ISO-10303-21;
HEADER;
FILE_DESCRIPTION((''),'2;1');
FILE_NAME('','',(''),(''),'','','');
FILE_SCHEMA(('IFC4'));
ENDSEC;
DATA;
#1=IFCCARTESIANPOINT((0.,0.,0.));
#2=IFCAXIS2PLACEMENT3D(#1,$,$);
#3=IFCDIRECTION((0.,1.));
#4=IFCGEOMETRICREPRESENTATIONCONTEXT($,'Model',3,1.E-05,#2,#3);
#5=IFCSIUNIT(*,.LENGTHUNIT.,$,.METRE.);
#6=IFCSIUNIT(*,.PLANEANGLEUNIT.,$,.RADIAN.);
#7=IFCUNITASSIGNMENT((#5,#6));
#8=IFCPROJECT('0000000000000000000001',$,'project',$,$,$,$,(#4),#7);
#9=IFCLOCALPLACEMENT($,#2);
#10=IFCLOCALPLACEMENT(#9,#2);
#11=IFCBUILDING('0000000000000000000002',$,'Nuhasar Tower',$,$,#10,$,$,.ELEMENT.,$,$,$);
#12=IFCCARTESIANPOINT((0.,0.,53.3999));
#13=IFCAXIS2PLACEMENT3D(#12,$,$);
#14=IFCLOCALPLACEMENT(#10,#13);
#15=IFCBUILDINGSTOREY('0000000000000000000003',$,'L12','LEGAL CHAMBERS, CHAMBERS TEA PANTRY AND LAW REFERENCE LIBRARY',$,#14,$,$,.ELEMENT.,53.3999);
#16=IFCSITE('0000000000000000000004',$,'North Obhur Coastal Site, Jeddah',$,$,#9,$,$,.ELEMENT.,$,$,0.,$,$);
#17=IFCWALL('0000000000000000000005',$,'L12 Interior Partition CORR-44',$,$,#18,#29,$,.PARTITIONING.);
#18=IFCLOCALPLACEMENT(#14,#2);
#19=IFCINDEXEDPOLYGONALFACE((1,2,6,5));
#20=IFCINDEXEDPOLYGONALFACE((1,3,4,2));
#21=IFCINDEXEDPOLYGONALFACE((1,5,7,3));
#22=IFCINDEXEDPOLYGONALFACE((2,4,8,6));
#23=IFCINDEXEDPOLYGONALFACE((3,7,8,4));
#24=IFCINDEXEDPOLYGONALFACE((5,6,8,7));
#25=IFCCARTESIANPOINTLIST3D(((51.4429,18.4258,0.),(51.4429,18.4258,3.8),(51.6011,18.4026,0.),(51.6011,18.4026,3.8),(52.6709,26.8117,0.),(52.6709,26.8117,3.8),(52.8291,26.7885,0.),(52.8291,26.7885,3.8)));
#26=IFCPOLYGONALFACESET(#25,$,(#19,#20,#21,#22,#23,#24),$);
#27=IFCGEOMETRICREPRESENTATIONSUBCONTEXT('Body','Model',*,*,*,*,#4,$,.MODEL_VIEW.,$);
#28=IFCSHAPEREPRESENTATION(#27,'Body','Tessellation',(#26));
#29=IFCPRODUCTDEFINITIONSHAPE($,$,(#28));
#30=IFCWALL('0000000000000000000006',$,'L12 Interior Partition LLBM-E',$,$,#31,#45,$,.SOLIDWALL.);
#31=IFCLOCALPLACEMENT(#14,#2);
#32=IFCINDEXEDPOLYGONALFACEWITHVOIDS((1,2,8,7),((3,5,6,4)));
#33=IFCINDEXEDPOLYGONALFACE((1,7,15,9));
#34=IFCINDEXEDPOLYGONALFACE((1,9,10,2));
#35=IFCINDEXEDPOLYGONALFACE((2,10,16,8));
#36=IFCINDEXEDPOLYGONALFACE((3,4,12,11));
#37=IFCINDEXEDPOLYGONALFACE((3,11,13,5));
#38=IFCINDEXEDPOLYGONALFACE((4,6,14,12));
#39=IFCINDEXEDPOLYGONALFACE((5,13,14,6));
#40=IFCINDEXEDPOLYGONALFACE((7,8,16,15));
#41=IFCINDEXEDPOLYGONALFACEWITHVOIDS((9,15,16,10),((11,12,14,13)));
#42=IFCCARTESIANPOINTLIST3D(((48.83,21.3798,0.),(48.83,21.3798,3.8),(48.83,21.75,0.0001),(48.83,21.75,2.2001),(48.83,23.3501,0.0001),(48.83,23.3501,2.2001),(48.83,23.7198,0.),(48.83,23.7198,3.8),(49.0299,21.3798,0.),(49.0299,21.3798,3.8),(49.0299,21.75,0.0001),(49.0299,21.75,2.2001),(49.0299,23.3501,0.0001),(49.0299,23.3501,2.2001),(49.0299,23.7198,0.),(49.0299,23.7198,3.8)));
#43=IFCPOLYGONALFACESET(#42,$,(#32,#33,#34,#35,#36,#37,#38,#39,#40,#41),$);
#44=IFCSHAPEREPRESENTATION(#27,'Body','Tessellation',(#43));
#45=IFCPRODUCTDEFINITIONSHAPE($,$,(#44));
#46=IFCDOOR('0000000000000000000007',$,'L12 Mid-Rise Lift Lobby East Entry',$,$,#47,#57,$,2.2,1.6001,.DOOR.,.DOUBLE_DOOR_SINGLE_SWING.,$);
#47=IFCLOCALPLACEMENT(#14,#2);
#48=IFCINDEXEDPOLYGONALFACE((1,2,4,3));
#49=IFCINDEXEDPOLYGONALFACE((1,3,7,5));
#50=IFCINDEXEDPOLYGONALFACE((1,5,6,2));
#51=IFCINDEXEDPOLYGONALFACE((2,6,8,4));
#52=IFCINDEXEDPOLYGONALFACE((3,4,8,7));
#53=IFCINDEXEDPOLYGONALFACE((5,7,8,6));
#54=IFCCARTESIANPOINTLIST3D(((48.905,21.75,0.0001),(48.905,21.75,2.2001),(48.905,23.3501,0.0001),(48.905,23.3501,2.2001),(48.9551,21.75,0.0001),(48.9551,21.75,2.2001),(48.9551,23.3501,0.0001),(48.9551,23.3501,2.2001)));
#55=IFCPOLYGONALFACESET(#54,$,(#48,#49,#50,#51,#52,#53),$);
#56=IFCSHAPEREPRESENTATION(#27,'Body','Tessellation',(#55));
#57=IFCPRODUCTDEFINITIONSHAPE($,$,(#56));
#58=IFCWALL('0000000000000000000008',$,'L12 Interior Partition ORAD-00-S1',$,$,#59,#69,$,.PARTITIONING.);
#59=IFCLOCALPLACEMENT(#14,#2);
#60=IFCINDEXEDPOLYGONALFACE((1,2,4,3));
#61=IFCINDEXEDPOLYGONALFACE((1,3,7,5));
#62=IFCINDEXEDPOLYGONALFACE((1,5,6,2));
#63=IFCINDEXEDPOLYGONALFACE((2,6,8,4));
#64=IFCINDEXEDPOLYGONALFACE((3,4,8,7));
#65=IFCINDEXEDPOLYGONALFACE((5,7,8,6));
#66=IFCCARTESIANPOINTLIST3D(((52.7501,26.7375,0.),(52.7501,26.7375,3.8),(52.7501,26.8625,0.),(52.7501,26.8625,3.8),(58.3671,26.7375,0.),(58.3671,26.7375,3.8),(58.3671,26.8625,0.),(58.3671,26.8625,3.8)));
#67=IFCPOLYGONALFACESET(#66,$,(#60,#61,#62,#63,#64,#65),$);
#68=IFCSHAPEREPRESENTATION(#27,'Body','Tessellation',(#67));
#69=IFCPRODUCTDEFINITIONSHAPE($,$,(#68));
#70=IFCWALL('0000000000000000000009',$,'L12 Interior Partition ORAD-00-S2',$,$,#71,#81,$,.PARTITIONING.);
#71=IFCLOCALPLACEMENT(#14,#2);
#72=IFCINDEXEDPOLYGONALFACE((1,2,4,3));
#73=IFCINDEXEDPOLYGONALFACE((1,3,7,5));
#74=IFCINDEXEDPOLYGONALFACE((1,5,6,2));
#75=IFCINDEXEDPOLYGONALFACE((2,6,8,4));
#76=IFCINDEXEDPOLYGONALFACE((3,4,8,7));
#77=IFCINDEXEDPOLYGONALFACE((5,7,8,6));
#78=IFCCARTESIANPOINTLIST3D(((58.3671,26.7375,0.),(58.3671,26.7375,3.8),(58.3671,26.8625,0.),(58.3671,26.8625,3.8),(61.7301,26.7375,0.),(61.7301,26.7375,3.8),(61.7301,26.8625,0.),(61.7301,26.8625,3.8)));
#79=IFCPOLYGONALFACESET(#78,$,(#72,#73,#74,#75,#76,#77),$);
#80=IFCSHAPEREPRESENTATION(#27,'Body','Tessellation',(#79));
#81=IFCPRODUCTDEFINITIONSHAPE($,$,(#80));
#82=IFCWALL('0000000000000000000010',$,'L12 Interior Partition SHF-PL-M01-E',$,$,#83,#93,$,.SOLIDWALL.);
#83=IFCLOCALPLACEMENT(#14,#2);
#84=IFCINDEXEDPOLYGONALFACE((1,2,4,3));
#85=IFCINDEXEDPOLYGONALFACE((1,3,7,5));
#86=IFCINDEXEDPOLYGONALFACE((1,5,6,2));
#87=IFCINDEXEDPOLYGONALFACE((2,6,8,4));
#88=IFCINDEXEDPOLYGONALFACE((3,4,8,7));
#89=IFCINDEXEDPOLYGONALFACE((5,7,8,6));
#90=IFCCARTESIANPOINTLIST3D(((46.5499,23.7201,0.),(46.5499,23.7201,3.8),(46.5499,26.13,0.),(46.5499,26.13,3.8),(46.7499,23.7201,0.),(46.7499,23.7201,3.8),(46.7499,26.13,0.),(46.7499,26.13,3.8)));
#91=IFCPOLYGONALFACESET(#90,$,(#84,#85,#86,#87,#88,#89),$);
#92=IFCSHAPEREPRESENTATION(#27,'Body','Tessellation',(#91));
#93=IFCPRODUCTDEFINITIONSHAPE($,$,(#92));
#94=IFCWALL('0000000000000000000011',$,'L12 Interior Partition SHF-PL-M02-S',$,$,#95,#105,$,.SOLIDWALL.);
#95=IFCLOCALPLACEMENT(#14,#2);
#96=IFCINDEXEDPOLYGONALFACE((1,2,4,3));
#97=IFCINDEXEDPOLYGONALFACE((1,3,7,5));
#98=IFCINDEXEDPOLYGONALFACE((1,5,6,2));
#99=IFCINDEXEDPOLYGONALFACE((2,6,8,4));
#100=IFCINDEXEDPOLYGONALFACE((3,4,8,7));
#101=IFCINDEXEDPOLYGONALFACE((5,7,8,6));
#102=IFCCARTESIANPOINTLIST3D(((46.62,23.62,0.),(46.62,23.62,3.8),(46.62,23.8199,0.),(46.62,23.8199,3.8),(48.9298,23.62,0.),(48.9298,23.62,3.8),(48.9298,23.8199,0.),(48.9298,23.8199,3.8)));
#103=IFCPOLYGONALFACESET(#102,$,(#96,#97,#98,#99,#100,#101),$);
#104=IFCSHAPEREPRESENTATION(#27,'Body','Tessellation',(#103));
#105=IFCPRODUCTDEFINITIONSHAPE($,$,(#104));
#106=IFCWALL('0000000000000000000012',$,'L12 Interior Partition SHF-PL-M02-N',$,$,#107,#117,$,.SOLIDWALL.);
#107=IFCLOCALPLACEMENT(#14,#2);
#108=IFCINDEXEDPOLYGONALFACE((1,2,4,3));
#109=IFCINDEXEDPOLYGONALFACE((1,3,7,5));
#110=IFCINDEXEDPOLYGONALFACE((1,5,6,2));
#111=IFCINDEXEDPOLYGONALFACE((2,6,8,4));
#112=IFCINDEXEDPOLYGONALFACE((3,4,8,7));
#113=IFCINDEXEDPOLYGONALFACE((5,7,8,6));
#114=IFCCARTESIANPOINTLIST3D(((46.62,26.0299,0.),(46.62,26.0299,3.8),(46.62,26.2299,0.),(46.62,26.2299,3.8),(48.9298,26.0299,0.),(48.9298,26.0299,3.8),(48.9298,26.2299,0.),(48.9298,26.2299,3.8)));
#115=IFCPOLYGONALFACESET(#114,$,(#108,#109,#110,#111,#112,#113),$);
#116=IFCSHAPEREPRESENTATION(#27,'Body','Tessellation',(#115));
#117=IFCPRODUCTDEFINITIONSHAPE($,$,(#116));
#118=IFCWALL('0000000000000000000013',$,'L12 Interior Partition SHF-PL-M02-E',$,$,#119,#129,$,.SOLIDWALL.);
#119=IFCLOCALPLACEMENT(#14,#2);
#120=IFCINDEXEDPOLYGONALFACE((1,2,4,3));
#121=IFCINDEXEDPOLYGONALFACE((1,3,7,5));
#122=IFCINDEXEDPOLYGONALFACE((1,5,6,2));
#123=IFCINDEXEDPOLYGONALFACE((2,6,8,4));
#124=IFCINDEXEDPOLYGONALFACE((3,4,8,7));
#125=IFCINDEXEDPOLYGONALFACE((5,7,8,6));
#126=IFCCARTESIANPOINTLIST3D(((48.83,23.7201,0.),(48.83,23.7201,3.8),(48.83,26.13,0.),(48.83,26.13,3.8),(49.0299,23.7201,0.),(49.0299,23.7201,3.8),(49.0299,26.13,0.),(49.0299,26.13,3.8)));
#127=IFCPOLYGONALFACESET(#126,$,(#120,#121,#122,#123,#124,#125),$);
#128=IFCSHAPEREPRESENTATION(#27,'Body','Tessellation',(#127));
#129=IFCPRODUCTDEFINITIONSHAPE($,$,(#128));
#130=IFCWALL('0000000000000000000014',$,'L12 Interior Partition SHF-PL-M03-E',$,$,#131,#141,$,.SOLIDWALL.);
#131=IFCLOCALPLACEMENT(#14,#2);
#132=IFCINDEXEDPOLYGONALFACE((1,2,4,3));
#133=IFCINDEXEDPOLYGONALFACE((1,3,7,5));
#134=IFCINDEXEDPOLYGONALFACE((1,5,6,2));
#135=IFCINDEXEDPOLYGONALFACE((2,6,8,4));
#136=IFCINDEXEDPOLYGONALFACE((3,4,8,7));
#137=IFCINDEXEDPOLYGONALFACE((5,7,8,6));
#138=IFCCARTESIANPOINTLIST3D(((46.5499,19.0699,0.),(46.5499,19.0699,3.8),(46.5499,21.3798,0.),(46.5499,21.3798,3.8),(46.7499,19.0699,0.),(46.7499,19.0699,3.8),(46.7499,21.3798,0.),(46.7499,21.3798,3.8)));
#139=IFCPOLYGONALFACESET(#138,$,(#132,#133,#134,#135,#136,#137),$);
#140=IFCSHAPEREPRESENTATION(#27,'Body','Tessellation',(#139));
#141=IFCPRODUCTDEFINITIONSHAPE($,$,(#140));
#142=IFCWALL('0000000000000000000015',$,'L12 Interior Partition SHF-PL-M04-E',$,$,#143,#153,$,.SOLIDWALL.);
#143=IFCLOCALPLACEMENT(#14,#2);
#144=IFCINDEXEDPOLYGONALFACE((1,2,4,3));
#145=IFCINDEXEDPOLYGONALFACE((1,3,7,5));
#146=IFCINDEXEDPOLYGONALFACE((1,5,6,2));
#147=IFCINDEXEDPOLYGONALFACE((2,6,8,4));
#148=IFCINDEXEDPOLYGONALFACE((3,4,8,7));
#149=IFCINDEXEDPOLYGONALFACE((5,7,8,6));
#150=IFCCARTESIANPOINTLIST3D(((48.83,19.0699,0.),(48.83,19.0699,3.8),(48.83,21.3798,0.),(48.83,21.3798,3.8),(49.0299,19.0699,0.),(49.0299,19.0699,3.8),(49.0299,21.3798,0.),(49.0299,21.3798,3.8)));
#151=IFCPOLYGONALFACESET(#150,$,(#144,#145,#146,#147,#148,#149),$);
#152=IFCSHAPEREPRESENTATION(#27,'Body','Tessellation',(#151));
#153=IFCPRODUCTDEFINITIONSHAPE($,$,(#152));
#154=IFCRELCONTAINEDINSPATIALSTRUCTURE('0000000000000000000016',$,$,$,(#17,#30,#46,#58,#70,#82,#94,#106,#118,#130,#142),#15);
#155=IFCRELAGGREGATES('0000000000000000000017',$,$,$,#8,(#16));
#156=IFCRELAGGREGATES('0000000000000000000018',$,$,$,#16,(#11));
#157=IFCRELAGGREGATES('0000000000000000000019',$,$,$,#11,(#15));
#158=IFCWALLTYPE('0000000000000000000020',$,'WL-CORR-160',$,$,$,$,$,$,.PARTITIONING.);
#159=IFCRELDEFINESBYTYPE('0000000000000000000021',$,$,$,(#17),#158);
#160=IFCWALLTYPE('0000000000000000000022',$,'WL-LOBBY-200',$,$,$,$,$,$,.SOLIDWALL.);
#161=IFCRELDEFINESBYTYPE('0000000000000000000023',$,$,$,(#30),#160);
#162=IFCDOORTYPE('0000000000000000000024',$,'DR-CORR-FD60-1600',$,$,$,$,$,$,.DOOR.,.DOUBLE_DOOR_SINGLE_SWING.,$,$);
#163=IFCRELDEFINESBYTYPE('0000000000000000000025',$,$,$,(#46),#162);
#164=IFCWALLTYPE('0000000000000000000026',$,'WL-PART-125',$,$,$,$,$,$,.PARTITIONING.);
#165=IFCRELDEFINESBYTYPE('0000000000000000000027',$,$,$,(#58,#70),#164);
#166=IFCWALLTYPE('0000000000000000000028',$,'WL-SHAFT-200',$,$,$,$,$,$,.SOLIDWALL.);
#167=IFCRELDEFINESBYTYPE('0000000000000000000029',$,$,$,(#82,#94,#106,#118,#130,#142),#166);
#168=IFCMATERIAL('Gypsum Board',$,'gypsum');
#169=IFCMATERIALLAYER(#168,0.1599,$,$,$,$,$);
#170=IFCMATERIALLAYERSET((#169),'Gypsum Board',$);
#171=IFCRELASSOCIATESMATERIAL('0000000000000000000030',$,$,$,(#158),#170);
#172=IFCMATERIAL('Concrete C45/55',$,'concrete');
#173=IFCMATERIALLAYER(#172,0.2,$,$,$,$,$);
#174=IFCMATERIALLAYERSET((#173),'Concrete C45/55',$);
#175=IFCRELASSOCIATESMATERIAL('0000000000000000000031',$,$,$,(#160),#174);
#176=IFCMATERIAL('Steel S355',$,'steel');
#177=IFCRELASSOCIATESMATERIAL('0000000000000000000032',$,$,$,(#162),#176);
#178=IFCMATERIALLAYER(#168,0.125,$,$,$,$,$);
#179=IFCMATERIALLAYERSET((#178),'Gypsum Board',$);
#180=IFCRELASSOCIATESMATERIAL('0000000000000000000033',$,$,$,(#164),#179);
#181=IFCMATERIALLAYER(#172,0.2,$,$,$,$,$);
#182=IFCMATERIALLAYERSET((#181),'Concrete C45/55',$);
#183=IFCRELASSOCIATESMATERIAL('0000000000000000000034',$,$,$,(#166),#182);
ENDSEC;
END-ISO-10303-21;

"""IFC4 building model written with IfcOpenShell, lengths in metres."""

from ifc_helpers import new_model, si_unit, direction, frame, frame_2d, origin, place, context, subcontext, project, spatial, rectangle, extrude, material, layer, layer_set, type_object, element, fill, save


model = new_model("IFC4")

# Units and contexts
model_context = context("Model", 3, precision=1e-05, world=origin(), true_north=direction((0.0, 1.0)))
body_context = subcontext(model_context, "Body", "Model", "MODEL_VIEW")
ifc_project = project(units=[si_unit("LENGTHUNIT", "METRE"), si_unit("PLANEANGLEUNIT", "RADIAN")], contexts=[model_context])

# Site, building, storey
site_placement = place(None, origin())
site = spatial("IfcSite", under=ifc_project, at=site_placement, Name="North Obhur Coastal Site, Jeddah", CompositionType="ELEMENT", RefElevation=0.0)
building_placement = place(site_placement, origin())
building = spatial("IfcBuilding", under=site, at=building_placement, Name="Nuhasar Tower", CompositionType="ELEMENT")
storey_placement = place(building_placement, frame((0.0, 0.0, 53.3999)))
storey = spatial("IfcBuildingStorey", under=building, at=storey_placement, Name="L12", Description="LEGAL CHAMBERS, CHAMBERS TEA PANTRY AND LAW REFERENCE LIBRARY", CompositionType="ELEMENT", Elevation=53.3999)

# Shared definitions
ifc_material_1 = material(Name="Steel S355", Category="steel")

# Shared definitions
ifc_material_2 = material(Name="Gypsum Board", Category="gypsum")
ifc_layer_1 = layer(ifc_material_2, 0.1599)
ifc_layer_set_1 = layer_set([ifc_layer_1], Name="Gypsum Board")
wall_type_1 = type_object("IfcWallType", Name="WL-CORR-160", PredefinedType="PARTITIONING", material=ifc_layer_set_1)

# Wall
wall_1_placement = place(storey_placement, frame((51.522, 18.4141, 0.0), z_axis=(0.0, 0.0, 1.0), x_axis=(0.144893, 0.989447, 0.0)))
element("IfcWall", 1, at=wall_1_placement, inside=storey, type_object=wall_type_1, Name="L12 Interior Partition CORR-44", PredefinedType="PARTITIONING", context=body_context, shape_type="SweptSolid", body=[
    extrude(rectangle(XDim=8.4753, YDim=0.1599, at=frame_2d((4.2378, 0.0))), origin(), (0.0, 0.0, 1.0), 3.8),
])

# Wall, opening, door
ifc_material_3 = material(Name="Concrete C45/55", Category="concrete")
ifc_layer_2 = layer(ifc_material_3, 0.2)
ifc_layer_set_2 = layer_set([ifc_layer_2], Name="Concrete C45/55")
wall_type_2 = type_object("IfcWallType", Name="WL-LOBBY-200", PredefinedType="SOLIDWALL", material=ifc_layer_set_2)
wall_2_placement = place(storey_placement, frame((48.9299, 21.3799, 0.0), z_axis=(0.0, 0.0, 1.0), x_axis=(0.0, 1.0, 0.0)))
wall_2 = element("IfcWall", 2, at=wall_2_placement, inside=storey, type_object=wall_type_2, Name="L12 Interior Partition LLBM-E", PredefinedType="SOLIDWALL", context=body_context, shape_type="SweptSolid", body=[
    extrude(rectangle(XDim=2.3401, YDim=0.2, at=frame_2d((1.1699, 0.0))), origin(), (0.0, 0.0, 1.0), 3.8),
])
opening_1_placement = place(wall_2_placement, frame((0.3701, 0.0, 0.0)))
opening_1 = element("IfcOpeningElement", 3, at=opening_1_placement, cuts=wall_2, PredefinedType="OPENING", context=body_context, shape_type="SweptSolid", body=[
    extrude(rectangle(XDim=1.6001, YDim=2.2, at=frame_2d((0.8, 1.1001))), frame((0.0, 0.1099, 0.0), z_axis=(0.0, -1.0, 0.0), x_axis=(1.0, 0.0, 0.0)), (0.0, 0.0, 1.0), 0.22),
])
door_type_1 = type_object("IfcDoorType", Name="DR-CORR-FD60-1600", OperationType="DOUBLE_DOOR_SINGLE_SWING", PredefinedType="DOOR", material=ifc_material_1)
door_1_placement = place(opening_1_placement, origin())
door_1 = element("IfcDoor", 4, at=door_1_placement, inside=storey, type_object=door_type_1, Name="L12 Mid-Rise Lift Lobby East Entry", OperationType="DOUBLE_DOOR_SINGLE_SWING", OverallHeight=2.2, OverallWidth=1.6001, PredefinedType="DOOR", context=body_context, shape_type="SweptSolid", body=[
    extrude(rectangle(XDim=1.6001, YDim=2.2, at=frame_2d((0.8, 1.1001))), frame((0.0, 0.0249, 0.0), z_axis=(0.0, -1.0, 0.0), x_axis=(1.0, 0.0, 0.0)), (0.0, 0.0, 1.0), 0.05),
])
fill(opening_1, door_1)

# Walls
ifc_layer_3 = layer(ifc_material_2, 0.125)
ifc_layer_set_3 = layer_set([ifc_layer_3], Name="Gypsum Board")
wall_type_3 = type_object("IfcWallType", Name="WL-PART-125", PredefinedType="PARTITIONING", material=ifc_layer_set_3)
wall_3_placement = place(storey_placement, frame((52.75, 26.8, 0.0), z_axis=(0.0, 0.0, 1.0), x_axis=(1.0, 0.0, 0.0)))
element("IfcWall", 5, at=wall_3_placement, inside=storey, type_object=wall_type_3, Name="L12 Interior Partition ORAD-00-S1", PredefinedType="PARTITIONING", context=body_context, shape_type="SweptSolid", body=[
    extrude(rectangle(XDim=5.6169, YDim=0.125, at=frame_2d((2.8086, 0.0))), origin(), (0.0, 0.0, 1.0), 3.8),
])
wall_4_placement = place(storey_placement, frame((58.3669, 26.8, 0.0), z_axis=(0.0, 0.0, 1.0), x_axis=(1.0, 0.0, 0.0)))
element("IfcWall", 6, at=wall_4_placement, inside=storey, type_object=wall_type_3, Name="L12 Interior Partition ORAD-00-S2", PredefinedType="PARTITIONING", context=body_context, shape_type="SweptSolid", body=[
    extrude(rectangle(XDim=3.363, YDim=0.125, at=frame_2d((1.6816, 0.0))), origin(), (0.0, 0.0, 1.0), 3.8),
])
ifc_layer_4 = layer(ifc_material_3, 0.2)
ifc_layer_set_4 = layer_set([ifc_layer_4], Name="Concrete C45/55")
wall_type_4 = type_object("IfcWallType", Name="WL-SHAFT-200", PredefinedType="SOLIDWALL", material=ifc_layer_set_4)
wall_5_placement = place(storey_placement, frame((46.6499, 23.72, 0.0), z_axis=(0.0, 0.0, 1.0), x_axis=(0.0, 1.0, 0.0)))
element("IfcWall", 7, at=wall_5_placement, inside=storey, type_object=wall_type_4, Name="L12 Interior Partition SHF-PL-M01-E", PredefinedType="SOLIDWALL", context=body_context, shape_type="SweptSolid", body=[
    extrude(rectangle(XDim=2.4099, YDim=0.2, at=frame_2d((1.2051, 0.0))), origin(), (0.0, 0.0, 1.0), 3.8),
])
for number, where, z_axis, x_axis, name in (
    (8, (46.6201, 23.72, 0.0), (0.0, 0.0, 1.0), (1.0, 0.0, 0.0), "L12 Interior Partition SHF-PL-M02-S"),
    (9, (46.6201, 26.1299, 0.0), (0.0, 0.0, 1.0), (1.0, 0.0, 0.0), "L12 Interior Partition SHF-PL-M02-N"),
):
    element("IfcWall", number, at=place(storey_placement, frame(where, z_axis=z_axis, x_axis=x_axis)), inside=storey, type_object=wall_type_4, Name=name, PredefinedType="SOLIDWALL", context=body_context, shape_type="SweptSolid", body=[
        extrude(rectangle(XDim=2.3098, YDim=0.2, at=frame_2d((1.1548, 0.0))), origin(), (0.0, 0.0, 1.0), 3.8),
    ])
wall_6_placement = place(storey_placement, frame((48.9299, 23.72, 0.0), z_axis=(0.0, 0.0, 1.0), x_axis=(0.0, 1.0, 0.0)))
element("IfcWall", 10, at=wall_6_placement, inside=storey, type_object=wall_type_4, Name="L12 Interior Partition SHF-PL-M02-E", PredefinedType="SOLIDWALL", context=body_context, shape_type="SweptSolid", body=[
    extrude(rectangle(XDim=2.4099, YDim=0.2, at=frame_2d((1.2051, 0.0))), origin(), (0.0, 0.0, 1.0), 3.8),
])
for number, where, z_axis, x_axis, name in (
    (11, (46.6499, 19.0701, 0.0), (0.0, 0.0, 1.0), (0.0, 1.0, 0.0), "L12 Interior Partition SHF-PL-M03-E"),
    (12, (48.9299, 19.0701, 0.0), (0.0, 0.0, 1.0), (0.0, 1.0, 0.0), "L12 Interior Partition SHF-PL-M04-E"),
):
    element("IfcWall", number, at=place(storey_placement, frame(where, z_axis=z_axis, x_axis=x_axis)), inside=storey, type_object=wall_type_4, Name=name, PredefinedType="SOLIDWALL", context=body_context, shape_type="SweptSolid", body=[
        extrude(rectangle(XDim=2.3098, YDim=0.2, at=frame_2d((1.1548, 0.0))), origin(), (0.0, 0.0, 1.0), 3.8),
    ])

save(model, "model.ifc")
